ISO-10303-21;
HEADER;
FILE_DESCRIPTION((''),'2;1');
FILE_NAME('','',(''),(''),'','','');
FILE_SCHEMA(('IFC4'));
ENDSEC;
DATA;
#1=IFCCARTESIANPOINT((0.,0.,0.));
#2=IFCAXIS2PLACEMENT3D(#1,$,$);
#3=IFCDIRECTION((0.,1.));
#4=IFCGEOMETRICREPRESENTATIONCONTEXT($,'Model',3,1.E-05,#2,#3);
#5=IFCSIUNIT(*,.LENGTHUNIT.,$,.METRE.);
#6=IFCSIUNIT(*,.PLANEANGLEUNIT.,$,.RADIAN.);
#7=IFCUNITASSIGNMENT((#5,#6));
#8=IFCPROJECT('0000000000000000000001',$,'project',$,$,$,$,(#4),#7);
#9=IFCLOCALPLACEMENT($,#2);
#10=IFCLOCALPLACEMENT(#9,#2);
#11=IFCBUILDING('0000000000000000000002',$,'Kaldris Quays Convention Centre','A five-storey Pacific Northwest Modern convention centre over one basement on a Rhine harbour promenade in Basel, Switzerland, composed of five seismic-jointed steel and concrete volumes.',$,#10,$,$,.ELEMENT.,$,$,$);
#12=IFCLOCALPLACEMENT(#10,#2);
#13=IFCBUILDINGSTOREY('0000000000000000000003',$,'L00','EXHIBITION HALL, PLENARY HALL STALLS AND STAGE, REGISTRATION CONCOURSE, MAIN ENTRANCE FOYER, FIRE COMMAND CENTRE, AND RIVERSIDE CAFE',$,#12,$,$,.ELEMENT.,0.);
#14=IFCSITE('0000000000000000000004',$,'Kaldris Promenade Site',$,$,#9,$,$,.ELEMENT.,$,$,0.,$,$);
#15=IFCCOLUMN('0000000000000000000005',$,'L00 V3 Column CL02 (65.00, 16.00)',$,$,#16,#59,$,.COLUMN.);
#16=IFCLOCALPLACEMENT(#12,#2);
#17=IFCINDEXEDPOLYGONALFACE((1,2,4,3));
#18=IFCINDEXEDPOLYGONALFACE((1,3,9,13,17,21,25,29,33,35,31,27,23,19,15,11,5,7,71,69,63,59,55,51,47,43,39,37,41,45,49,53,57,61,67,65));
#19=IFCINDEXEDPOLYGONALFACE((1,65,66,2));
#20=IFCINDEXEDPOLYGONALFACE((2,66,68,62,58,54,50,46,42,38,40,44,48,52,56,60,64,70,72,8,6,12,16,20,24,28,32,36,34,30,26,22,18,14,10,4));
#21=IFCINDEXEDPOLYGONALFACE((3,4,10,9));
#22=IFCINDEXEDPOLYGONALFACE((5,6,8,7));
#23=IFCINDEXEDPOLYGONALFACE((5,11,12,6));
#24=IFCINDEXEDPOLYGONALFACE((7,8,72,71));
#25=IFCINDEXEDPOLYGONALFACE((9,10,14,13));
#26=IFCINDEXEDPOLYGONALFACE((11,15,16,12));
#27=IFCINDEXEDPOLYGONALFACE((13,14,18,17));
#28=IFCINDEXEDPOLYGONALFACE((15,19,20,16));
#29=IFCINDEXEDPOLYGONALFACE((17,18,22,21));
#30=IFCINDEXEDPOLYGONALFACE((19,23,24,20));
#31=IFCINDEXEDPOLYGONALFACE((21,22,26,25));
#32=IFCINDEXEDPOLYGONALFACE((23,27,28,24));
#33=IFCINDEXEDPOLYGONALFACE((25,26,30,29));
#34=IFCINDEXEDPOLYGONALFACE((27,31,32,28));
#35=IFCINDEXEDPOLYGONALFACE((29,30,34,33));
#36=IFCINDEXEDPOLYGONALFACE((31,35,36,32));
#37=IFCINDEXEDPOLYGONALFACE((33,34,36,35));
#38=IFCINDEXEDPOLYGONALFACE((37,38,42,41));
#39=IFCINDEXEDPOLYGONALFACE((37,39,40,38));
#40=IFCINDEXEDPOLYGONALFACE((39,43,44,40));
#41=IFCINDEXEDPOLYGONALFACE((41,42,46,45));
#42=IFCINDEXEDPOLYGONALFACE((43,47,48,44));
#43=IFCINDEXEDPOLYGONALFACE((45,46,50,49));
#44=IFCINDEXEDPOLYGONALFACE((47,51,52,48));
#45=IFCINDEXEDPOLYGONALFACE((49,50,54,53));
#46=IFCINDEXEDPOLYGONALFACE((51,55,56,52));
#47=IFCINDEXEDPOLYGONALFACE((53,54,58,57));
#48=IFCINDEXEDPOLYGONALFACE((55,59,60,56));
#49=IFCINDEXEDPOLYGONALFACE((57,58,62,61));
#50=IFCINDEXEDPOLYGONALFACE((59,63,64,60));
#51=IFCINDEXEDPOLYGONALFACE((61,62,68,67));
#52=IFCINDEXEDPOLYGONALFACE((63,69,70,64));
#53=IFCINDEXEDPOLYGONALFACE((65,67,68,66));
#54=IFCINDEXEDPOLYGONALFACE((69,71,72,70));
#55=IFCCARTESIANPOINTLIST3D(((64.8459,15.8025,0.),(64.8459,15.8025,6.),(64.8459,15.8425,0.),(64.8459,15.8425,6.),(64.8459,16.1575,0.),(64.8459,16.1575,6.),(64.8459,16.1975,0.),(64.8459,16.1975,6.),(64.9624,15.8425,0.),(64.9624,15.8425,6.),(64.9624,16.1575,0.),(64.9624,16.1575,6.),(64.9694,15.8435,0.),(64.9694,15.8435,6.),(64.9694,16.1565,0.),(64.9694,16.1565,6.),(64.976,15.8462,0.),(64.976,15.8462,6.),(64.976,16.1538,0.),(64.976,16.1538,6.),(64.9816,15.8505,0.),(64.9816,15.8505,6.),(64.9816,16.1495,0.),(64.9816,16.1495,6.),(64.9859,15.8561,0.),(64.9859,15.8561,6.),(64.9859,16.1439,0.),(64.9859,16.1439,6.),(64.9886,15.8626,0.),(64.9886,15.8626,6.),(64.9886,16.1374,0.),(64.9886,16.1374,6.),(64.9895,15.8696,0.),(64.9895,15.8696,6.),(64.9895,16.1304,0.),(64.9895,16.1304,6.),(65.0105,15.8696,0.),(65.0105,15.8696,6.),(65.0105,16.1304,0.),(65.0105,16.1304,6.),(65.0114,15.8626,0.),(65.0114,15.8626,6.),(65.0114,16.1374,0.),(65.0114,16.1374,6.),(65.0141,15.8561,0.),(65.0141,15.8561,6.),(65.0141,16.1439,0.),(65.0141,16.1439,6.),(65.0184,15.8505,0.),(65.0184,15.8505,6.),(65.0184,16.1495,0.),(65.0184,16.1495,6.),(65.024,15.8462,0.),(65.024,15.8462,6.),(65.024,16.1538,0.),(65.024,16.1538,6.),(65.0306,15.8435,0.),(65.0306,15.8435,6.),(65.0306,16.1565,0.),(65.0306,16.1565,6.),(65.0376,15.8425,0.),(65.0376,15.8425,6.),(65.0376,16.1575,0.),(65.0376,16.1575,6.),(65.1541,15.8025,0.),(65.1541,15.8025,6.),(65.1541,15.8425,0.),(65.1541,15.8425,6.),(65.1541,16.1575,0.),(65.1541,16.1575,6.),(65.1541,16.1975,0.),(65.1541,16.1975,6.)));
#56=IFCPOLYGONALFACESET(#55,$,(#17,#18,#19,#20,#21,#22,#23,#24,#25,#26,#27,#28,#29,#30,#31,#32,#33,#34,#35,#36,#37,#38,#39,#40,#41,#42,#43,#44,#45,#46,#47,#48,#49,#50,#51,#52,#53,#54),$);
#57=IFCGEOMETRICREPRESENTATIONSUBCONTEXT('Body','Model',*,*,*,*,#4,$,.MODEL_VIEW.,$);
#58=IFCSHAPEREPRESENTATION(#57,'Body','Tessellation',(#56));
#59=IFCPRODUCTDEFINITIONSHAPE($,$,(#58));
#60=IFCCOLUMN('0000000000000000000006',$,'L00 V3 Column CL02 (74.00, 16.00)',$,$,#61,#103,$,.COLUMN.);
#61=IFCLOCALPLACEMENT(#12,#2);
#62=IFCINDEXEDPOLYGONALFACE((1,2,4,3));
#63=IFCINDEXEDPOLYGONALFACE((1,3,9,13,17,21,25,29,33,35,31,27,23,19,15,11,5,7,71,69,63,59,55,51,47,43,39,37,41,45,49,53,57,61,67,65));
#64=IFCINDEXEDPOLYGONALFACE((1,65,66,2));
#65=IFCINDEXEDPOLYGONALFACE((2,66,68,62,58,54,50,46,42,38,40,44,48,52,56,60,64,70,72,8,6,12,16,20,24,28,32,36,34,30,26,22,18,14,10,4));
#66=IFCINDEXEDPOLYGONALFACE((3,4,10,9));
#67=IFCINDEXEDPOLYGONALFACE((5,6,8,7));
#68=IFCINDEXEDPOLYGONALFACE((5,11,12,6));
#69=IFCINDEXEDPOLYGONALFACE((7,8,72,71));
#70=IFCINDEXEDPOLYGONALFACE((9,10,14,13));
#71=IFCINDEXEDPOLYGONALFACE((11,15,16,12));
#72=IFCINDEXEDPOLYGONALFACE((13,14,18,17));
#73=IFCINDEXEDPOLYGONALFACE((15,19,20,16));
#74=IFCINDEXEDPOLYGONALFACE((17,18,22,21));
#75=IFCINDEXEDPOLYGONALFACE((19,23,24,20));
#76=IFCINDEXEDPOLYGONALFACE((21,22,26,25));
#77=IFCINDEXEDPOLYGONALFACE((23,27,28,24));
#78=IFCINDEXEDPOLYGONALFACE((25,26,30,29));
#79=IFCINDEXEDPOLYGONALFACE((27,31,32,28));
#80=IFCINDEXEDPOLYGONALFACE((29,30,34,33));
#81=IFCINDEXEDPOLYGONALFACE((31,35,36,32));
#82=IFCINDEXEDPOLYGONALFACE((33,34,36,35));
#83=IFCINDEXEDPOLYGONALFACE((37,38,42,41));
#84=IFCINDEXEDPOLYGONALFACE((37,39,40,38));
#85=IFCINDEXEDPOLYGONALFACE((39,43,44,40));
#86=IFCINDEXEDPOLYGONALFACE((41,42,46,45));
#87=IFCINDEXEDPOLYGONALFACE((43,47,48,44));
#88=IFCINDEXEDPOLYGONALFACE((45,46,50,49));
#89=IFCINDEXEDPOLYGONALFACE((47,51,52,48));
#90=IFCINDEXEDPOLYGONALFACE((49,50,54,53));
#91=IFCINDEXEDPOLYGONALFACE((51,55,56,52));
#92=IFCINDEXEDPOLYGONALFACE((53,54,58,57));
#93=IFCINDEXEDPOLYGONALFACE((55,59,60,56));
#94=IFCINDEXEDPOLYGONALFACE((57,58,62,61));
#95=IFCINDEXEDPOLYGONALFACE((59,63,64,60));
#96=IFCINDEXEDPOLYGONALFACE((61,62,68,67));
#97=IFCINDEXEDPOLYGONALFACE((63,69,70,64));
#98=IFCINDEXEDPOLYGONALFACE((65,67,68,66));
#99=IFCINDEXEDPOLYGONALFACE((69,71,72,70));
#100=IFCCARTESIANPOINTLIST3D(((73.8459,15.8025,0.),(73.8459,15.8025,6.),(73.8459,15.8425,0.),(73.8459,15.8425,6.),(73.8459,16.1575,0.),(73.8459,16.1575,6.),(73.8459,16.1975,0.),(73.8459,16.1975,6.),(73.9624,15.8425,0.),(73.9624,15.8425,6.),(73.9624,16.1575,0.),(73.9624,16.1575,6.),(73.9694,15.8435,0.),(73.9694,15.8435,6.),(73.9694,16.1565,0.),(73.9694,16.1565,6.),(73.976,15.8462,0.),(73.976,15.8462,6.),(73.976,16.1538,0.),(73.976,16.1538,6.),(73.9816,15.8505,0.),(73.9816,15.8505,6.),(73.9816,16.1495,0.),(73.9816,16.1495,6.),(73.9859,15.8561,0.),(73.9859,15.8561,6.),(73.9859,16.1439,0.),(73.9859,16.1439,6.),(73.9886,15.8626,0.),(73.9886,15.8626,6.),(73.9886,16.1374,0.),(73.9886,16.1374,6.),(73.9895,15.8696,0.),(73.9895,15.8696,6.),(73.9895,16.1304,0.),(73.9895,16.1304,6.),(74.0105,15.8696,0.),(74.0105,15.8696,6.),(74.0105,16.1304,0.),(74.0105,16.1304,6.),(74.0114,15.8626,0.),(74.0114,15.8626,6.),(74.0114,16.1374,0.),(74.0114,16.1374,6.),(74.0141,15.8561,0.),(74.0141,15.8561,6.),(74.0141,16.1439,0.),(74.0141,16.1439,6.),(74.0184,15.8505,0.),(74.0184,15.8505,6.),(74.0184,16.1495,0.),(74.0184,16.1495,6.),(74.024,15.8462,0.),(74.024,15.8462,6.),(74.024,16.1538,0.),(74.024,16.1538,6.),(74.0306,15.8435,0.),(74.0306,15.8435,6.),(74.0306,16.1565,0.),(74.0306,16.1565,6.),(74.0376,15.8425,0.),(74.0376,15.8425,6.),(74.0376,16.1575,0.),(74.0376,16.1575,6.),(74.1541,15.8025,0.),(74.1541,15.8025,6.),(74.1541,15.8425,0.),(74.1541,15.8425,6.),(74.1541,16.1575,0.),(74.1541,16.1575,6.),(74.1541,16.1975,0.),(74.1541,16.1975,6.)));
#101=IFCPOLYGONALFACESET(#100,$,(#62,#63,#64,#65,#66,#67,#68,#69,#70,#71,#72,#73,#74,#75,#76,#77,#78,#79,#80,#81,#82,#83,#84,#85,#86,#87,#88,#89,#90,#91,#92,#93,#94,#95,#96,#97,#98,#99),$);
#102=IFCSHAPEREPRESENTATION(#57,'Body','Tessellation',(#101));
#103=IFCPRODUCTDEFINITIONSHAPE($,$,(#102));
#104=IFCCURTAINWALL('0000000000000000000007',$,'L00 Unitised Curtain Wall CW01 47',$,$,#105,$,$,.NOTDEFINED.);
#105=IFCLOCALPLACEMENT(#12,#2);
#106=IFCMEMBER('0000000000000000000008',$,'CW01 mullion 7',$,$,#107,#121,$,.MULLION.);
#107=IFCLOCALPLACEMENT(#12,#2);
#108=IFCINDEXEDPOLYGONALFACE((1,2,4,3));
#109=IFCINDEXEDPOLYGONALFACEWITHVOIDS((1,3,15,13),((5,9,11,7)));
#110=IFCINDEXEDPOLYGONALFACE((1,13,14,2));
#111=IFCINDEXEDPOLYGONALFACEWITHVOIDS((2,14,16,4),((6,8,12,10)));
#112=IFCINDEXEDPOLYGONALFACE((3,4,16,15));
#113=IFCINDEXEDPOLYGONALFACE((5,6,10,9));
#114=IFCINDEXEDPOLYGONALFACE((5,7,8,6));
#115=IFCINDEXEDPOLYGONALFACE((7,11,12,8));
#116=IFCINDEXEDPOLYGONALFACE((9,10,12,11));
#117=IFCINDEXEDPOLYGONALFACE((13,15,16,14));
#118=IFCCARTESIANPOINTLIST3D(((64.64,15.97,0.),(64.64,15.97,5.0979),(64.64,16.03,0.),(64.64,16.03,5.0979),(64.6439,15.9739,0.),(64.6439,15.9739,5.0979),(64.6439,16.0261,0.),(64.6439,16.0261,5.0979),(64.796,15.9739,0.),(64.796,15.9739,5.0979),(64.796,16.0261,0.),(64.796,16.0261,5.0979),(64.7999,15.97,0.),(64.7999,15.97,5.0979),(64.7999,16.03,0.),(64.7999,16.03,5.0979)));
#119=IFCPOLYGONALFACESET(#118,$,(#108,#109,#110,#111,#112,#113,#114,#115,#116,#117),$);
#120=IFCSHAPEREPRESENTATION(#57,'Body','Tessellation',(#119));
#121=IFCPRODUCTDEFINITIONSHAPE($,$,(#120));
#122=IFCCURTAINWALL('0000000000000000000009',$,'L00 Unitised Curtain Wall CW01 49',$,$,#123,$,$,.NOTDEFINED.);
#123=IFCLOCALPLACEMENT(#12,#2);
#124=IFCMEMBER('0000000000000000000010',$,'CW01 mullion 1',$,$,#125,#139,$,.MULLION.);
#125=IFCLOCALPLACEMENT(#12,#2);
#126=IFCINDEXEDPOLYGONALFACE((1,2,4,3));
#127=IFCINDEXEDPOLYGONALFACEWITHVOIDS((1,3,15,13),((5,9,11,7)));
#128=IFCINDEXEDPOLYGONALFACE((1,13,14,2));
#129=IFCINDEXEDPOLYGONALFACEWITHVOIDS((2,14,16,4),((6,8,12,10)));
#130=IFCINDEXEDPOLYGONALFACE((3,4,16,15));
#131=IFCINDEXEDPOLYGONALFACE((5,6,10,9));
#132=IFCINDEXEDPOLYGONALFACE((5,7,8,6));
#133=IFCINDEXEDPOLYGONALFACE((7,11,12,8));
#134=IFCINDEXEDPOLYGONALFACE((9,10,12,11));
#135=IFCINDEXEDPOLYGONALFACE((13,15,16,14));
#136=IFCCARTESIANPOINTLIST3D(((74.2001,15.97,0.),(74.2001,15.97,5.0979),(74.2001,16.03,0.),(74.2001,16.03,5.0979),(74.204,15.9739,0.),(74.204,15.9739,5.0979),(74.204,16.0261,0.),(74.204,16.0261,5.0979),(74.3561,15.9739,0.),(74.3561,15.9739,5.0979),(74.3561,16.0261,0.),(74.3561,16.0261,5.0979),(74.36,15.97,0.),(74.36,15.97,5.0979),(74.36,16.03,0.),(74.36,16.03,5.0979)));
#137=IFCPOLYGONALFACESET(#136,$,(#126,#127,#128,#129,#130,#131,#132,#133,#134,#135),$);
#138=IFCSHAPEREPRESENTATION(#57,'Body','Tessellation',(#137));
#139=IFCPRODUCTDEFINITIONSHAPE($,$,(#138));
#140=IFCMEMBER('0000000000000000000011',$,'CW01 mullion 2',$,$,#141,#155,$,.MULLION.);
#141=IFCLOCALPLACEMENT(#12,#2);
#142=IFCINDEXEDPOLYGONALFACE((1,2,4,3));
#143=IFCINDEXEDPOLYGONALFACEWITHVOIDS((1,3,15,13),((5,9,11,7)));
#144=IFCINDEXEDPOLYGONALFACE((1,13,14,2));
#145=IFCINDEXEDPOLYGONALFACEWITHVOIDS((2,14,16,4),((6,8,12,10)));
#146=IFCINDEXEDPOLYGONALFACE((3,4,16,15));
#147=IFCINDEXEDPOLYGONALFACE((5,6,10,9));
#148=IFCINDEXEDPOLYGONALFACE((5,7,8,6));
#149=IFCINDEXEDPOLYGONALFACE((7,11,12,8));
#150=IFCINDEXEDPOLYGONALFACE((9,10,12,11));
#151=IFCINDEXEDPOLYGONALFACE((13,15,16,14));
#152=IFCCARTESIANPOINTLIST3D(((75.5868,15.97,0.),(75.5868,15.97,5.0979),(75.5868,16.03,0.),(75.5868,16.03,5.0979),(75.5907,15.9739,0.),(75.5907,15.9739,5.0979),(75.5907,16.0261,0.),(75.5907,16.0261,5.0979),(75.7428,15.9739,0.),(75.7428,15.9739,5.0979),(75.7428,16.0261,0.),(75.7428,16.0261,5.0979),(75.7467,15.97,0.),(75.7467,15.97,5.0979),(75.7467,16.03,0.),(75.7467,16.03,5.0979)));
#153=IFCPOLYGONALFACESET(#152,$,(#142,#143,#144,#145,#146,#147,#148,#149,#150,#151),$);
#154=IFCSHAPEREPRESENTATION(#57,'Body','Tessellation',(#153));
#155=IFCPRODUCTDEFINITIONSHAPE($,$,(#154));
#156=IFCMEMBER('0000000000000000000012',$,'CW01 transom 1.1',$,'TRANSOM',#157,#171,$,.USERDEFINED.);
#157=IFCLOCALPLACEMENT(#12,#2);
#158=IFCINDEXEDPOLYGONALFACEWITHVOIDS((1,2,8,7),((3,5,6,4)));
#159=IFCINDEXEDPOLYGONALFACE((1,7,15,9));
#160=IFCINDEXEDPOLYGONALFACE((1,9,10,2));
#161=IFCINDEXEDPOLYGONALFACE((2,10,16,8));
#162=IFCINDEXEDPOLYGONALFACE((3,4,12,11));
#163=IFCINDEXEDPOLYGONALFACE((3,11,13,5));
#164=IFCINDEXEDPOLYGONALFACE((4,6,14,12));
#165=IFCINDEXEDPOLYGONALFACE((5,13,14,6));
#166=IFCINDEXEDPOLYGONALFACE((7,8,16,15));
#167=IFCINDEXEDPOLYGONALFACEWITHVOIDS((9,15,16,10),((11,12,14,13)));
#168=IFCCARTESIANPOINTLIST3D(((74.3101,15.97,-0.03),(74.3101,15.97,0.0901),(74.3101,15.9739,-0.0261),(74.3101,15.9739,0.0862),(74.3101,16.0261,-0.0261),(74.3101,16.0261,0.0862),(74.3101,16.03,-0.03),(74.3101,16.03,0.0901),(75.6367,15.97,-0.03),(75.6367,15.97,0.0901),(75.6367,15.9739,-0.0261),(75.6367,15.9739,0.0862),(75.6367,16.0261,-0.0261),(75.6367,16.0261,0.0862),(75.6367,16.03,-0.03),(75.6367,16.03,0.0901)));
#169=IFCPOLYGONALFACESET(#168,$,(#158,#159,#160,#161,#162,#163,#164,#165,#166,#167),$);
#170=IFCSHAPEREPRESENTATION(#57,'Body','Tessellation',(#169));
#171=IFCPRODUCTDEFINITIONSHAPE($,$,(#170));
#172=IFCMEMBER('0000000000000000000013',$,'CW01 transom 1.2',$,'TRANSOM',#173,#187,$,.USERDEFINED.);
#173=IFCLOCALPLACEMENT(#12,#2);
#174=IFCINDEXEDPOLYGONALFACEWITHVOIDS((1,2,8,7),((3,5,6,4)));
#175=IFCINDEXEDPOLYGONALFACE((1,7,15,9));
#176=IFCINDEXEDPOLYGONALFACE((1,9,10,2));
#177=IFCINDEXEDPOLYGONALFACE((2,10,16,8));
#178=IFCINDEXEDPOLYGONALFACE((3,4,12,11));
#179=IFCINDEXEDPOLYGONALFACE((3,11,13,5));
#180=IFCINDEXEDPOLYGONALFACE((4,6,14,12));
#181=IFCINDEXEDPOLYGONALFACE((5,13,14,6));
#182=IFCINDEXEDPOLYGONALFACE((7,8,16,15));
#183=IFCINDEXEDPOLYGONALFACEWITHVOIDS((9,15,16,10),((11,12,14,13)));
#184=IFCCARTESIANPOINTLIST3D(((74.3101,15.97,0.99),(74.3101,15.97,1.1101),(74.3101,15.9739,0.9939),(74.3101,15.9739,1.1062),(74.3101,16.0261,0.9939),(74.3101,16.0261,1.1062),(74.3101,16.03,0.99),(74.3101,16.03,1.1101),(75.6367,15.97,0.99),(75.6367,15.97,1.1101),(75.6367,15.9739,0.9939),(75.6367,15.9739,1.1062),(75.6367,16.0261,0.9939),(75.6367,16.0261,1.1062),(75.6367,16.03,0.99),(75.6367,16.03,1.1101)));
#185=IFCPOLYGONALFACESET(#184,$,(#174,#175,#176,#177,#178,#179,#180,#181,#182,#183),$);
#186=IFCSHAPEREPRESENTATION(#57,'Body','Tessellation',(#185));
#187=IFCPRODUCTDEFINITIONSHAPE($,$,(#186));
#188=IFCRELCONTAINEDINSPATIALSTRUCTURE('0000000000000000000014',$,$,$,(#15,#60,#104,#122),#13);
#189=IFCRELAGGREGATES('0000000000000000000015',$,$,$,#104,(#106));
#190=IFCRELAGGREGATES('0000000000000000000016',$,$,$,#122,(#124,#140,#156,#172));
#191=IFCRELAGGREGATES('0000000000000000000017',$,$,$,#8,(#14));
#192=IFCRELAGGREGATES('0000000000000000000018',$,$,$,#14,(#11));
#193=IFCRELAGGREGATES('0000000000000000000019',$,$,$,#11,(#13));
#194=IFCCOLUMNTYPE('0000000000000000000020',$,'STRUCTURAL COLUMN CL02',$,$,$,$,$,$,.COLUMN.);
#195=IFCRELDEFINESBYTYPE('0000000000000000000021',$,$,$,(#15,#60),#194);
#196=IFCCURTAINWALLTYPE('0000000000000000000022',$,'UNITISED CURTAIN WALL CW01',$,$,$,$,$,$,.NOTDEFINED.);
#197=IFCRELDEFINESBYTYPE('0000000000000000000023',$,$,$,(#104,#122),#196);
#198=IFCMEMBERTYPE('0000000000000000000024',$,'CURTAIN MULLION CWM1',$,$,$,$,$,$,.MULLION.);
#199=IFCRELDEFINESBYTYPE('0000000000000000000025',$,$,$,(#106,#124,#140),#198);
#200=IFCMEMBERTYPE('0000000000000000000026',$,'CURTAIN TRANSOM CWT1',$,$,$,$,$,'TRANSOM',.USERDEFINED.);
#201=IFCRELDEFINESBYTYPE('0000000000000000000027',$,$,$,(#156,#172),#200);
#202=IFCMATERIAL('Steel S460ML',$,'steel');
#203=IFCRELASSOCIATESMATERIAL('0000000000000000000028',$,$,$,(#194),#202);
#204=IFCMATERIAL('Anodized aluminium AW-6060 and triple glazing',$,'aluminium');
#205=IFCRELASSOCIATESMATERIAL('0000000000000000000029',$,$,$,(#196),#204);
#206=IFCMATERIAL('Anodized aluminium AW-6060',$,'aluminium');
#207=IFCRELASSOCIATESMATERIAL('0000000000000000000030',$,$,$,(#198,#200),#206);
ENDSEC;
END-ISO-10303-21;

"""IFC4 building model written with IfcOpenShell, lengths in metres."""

from ifc_helpers import new_model, si_unit, direction, frame, origin, origin_2d, place, context, subcontext, project, spatial, hollow_rectangle, i_section, extrude, material, material_profile, profile_set, type_object, element, aggregate, save


model = new_model("IFC4")

# Units and contexts
model_context = context("Model", 3, precision=1e-05, world=origin(), true_north=direction((0.0, 1.0)))
body_context = subcontext(model_context, "Body", "Model", "MODEL_VIEW")
ifc_project = project(units=[si_unit("LENGTHUNIT", "METRE"), si_unit("PLANEANGLEUNIT", "RADIAN")], contexts=[model_context])

# Site, building, storey
site_placement = place(None, origin())
site = spatial("IfcSite", under=ifc_project, at=site_placement, Name="Kaldris Promenade Site", CompositionType="ELEMENT", RefElevation=0.0)
building_placement = place(site_placement, origin())
building = spatial("IfcBuilding", under=site, at=building_placement, Name="Kaldris Quays Convention Centre", Description="A five-storey Pacific Northwest Modern convention centre over one basement on a Rhine harbour promenade in Basel, Switzerland, composed of five seismic-jointed steel and concrete volumes.", CompositionType="ELEMENT")
storey_placement = place(building_placement, origin())
storey = spatial("IfcBuildingStorey", under=building, at=storey_placement, Name="L00", Description="EXHIBITION HALL, PLENARY HALL STALLS AND STAGE, REGISTRATION CONCOURSE, MAIN ENTRANCE FOYER, FIRE COMMAND CENTRE, AND RIVERSIDE CAFE", CompositionType="ELEMENT", Elevation=0.0)

# Columns
ifc_material_1 = material(Name="Steel S460ML", Category="steel")
ifc_material_profile_1 = material_profile(ifc_material_1, i_section(OverallWidth=0.3081, OverallDepth=0.395, WebThickness=0.021, FlangeThickness=0.04, FilletRadius=0.0271, at=origin_2d()), Name="HEM 360")
ifc_profile_set_1 = profile_set([ifc_material_profile_1], Name="Steel S460ML")
column_type = type_object("IfcColumnType", Name="STRUCTURAL COLUMN CL02", PredefinedType="COLUMN", material=ifc_profile_set_1)
for number, where, z_axis, x_axis, name in (
    (1, (65.0, 16.0, 0.0), (0.0, 0.0, 1.0), (1.0, 0.0, 0.0), "L00 V3 Column CL02 (65.00, 16.00)"),
    (2, (74.0, 16.0, 0.0), (0.0, 0.0, 1.0), (1.0, 0.0, 0.0), "L00 V3 Column CL02 (74.00, 16.00)"),
):
    element("IfcColumn", number, at=place(storey_placement, frame(where, z_axis=z_axis, x_axis=x_axis)), inside=storey, type_object=column_type, Name=name, PredefinedType="COLUMN", context=body_context, shape_type="SweptSolid", body=[
        extrude(i_section(OverallWidth=0.3081, OverallDepth=0.395, WebThickness=0.021, FlangeThickness=0.04, FilletRadius=0.0271, at=origin_2d()), origin(), (0.0, 0.0, 1.0), 6.0),
    ])

# Curtain wall, member
ifc_material_2 = material(Name="Anodized aluminium AW-6060 and triple glazing", Category="aluminium")
curtain_wall_type = type_object("IfcCurtainWallType", Name="UNITISED CURTAIN WALL CW01", PredefinedType="NOTDEFINED", material=ifc_material_2)
curtain_wall_1_placement = place(storey_placement, origin())
curtain_wall_1 = element("IfcCurtainWall", 3, at=curtain_wall_1_placement, inside=storey, type_object=curtain_wall_type, Name="L00 Unitised Curtain Wall CW01 47", PredefinedType="NOTDEFINED")
ifc_material_3 = material(Name="Anodized aluminium AW-6060", Category="aluminium")
ifc_material_profile_2 = material_profile(ifc_material_3, hollow_rectangle(XDim=0.0601, YDim=0.1599, WallThickness=0.0039, at=origin_2d()), Name="RHS 160x60x4")
ifc_profile_set_2 = profile_set([ifc_material_profile_2], Name="Anodized aluminium AW-6060")
member_type_1 = type_object("IfcMemberType", Name="CURTAIN MULLION CWM1", PredefinedType="MULLION", material=ifc_profile_set_2)
member_1_placement = place(storey_placement, frame((64.72, 16.0, 0.0), z_axis=(0.0, 0.0, 1.0), x_axis=(0.0, 1.0, 0.0)))
member_1 = element("IfcMember", 4, at=member_1_placement, type_object=member_type_1, Name="CW01 mullion 7", PredefinedType="MULLION", context=body_context, shape_type="SweptSolid", body=[
    extrude(hollow_rectangle(XDim=0.0601, YDim=0.1599, WallThickness=0.0039, at=origin_2d()), origin(), (0.0, 0.0, 1.0), 5.0979),
])
aggregate(curtain_wall_1, [member_1])

# Curtain wall, members
curtain_wall_2_placement = place(storey_placement, origin())
curtain_wall_2 = element("IfcCurtainWall", 5, at=curtain_wall_2_placement, inside=storey, type_object=curtain_wall_type, Name="L00 Unitised Curtain Wall CW01 49", PredefinedType="NOTDEFINED")
member_2_placement = place(storey_placement, frame((74.28, 16.0, 0.0), z_axis=(0.0, 0.0, 1.0), x_axis=(0.0, 1.0, 0.0)))
member_2 = element("IfcMember", 6, at=member_2_placement, type_object=member_type_1, Name="CW01 mullion 1", PredefinedType="MULLION", context=body_context, shape_type="SweptSolid", body=[
    extrude(hollow_rectangle(XDim=0.0601, YDim=0.1599, WallThickness=0.0039, at=origin_2d()), origin(), (0.0, 0.0, 1.0), 5.0979),
])
member_3_placement = place(storey_placement, frame((75.6667, 16.0, 0.0), z_axis=(0.0, 0.0, 1.0), x_axis=(0.0, 1.0, 0.0)))
member_3 = element("IfcMember", 7, at=member_3_placement, type_object=member_type_1, Name="CW01 mullion 2", PredefinedType="MULLION", context=body_context, shape_type="SweptSolid", body=[
    extrude(hollow_rectangle(XDim=0.0601, YDim=0.1599, WallThickness=0.0039, at=origin_2d()), origin(), (0.0, 0.0, 1.0), 5.0979),
])
ifc_material_profile_3 = material_profile(ifc_material_3, hollow_rectangle(XDim=0.0601, YDim=0.1201, WallThickness=0.0039, at=origin_2d()), Name="RHS 120x60x4")
ifc_profile_set_3 = profile_set([ifc_material_profile_3], Name="Anodized aluminium AW-6060")
member_type_2 = type_object("IfcMemberType", Name="CURTAIN TRANSOM CWT1", ElementType="TRANSOM", PredefinedType="USERDEFINED", material=ifc_profile_set_3)
member_4_placement = place(storey_placement, frame((74.3101, 16.0, 0.03), z_axis=(1.0, 0.0, 0.0), x_axis=(0.0, 1.0, 0.0)))
member_4 = element("IfcMember", 8, at=member_4_placement, type_object=member_type_2, Name="CW01 transom 1.1", ObjectType="TRANSOM", PredefinedType="USERDEFINED", context=body_context, shape_type="SweptSolid", body=[
    extrude(hollow_rectangle(XDim=0.0601, YDim=0.1201, WallThickness=0.0039, at=origin_2d()), origin(), (0.0, 0.0, 1.0), 1.3267),
])
member_5_placement = place(storey_placement, frame((74.3101, 16.0, 1.05), z_axis=(1.0, 0.0, 0.0), x_axis=(0.0, 1.0, 0.0)))
member_5 = element("IfcMember", 9, at=member_5_placement, type_object=member_type_2, Name="CW01 transom 1.2", ObjectType="TRANSOM", PredefinedType="USERDEFINED", context=body_context, shape_type="SweptSolid", body=[
    extrude(hollow_rectangle(XDim=0.0601, YDim=0.1201, WallThickness=0.0039, at=origin_2d()), origin(), (0.0, 0.0, 1.0), 1.3267),
])

aggregate(curtain_wall_2, [member_2, member_3, member_4, member_5])

save(model, "model.ifc")
